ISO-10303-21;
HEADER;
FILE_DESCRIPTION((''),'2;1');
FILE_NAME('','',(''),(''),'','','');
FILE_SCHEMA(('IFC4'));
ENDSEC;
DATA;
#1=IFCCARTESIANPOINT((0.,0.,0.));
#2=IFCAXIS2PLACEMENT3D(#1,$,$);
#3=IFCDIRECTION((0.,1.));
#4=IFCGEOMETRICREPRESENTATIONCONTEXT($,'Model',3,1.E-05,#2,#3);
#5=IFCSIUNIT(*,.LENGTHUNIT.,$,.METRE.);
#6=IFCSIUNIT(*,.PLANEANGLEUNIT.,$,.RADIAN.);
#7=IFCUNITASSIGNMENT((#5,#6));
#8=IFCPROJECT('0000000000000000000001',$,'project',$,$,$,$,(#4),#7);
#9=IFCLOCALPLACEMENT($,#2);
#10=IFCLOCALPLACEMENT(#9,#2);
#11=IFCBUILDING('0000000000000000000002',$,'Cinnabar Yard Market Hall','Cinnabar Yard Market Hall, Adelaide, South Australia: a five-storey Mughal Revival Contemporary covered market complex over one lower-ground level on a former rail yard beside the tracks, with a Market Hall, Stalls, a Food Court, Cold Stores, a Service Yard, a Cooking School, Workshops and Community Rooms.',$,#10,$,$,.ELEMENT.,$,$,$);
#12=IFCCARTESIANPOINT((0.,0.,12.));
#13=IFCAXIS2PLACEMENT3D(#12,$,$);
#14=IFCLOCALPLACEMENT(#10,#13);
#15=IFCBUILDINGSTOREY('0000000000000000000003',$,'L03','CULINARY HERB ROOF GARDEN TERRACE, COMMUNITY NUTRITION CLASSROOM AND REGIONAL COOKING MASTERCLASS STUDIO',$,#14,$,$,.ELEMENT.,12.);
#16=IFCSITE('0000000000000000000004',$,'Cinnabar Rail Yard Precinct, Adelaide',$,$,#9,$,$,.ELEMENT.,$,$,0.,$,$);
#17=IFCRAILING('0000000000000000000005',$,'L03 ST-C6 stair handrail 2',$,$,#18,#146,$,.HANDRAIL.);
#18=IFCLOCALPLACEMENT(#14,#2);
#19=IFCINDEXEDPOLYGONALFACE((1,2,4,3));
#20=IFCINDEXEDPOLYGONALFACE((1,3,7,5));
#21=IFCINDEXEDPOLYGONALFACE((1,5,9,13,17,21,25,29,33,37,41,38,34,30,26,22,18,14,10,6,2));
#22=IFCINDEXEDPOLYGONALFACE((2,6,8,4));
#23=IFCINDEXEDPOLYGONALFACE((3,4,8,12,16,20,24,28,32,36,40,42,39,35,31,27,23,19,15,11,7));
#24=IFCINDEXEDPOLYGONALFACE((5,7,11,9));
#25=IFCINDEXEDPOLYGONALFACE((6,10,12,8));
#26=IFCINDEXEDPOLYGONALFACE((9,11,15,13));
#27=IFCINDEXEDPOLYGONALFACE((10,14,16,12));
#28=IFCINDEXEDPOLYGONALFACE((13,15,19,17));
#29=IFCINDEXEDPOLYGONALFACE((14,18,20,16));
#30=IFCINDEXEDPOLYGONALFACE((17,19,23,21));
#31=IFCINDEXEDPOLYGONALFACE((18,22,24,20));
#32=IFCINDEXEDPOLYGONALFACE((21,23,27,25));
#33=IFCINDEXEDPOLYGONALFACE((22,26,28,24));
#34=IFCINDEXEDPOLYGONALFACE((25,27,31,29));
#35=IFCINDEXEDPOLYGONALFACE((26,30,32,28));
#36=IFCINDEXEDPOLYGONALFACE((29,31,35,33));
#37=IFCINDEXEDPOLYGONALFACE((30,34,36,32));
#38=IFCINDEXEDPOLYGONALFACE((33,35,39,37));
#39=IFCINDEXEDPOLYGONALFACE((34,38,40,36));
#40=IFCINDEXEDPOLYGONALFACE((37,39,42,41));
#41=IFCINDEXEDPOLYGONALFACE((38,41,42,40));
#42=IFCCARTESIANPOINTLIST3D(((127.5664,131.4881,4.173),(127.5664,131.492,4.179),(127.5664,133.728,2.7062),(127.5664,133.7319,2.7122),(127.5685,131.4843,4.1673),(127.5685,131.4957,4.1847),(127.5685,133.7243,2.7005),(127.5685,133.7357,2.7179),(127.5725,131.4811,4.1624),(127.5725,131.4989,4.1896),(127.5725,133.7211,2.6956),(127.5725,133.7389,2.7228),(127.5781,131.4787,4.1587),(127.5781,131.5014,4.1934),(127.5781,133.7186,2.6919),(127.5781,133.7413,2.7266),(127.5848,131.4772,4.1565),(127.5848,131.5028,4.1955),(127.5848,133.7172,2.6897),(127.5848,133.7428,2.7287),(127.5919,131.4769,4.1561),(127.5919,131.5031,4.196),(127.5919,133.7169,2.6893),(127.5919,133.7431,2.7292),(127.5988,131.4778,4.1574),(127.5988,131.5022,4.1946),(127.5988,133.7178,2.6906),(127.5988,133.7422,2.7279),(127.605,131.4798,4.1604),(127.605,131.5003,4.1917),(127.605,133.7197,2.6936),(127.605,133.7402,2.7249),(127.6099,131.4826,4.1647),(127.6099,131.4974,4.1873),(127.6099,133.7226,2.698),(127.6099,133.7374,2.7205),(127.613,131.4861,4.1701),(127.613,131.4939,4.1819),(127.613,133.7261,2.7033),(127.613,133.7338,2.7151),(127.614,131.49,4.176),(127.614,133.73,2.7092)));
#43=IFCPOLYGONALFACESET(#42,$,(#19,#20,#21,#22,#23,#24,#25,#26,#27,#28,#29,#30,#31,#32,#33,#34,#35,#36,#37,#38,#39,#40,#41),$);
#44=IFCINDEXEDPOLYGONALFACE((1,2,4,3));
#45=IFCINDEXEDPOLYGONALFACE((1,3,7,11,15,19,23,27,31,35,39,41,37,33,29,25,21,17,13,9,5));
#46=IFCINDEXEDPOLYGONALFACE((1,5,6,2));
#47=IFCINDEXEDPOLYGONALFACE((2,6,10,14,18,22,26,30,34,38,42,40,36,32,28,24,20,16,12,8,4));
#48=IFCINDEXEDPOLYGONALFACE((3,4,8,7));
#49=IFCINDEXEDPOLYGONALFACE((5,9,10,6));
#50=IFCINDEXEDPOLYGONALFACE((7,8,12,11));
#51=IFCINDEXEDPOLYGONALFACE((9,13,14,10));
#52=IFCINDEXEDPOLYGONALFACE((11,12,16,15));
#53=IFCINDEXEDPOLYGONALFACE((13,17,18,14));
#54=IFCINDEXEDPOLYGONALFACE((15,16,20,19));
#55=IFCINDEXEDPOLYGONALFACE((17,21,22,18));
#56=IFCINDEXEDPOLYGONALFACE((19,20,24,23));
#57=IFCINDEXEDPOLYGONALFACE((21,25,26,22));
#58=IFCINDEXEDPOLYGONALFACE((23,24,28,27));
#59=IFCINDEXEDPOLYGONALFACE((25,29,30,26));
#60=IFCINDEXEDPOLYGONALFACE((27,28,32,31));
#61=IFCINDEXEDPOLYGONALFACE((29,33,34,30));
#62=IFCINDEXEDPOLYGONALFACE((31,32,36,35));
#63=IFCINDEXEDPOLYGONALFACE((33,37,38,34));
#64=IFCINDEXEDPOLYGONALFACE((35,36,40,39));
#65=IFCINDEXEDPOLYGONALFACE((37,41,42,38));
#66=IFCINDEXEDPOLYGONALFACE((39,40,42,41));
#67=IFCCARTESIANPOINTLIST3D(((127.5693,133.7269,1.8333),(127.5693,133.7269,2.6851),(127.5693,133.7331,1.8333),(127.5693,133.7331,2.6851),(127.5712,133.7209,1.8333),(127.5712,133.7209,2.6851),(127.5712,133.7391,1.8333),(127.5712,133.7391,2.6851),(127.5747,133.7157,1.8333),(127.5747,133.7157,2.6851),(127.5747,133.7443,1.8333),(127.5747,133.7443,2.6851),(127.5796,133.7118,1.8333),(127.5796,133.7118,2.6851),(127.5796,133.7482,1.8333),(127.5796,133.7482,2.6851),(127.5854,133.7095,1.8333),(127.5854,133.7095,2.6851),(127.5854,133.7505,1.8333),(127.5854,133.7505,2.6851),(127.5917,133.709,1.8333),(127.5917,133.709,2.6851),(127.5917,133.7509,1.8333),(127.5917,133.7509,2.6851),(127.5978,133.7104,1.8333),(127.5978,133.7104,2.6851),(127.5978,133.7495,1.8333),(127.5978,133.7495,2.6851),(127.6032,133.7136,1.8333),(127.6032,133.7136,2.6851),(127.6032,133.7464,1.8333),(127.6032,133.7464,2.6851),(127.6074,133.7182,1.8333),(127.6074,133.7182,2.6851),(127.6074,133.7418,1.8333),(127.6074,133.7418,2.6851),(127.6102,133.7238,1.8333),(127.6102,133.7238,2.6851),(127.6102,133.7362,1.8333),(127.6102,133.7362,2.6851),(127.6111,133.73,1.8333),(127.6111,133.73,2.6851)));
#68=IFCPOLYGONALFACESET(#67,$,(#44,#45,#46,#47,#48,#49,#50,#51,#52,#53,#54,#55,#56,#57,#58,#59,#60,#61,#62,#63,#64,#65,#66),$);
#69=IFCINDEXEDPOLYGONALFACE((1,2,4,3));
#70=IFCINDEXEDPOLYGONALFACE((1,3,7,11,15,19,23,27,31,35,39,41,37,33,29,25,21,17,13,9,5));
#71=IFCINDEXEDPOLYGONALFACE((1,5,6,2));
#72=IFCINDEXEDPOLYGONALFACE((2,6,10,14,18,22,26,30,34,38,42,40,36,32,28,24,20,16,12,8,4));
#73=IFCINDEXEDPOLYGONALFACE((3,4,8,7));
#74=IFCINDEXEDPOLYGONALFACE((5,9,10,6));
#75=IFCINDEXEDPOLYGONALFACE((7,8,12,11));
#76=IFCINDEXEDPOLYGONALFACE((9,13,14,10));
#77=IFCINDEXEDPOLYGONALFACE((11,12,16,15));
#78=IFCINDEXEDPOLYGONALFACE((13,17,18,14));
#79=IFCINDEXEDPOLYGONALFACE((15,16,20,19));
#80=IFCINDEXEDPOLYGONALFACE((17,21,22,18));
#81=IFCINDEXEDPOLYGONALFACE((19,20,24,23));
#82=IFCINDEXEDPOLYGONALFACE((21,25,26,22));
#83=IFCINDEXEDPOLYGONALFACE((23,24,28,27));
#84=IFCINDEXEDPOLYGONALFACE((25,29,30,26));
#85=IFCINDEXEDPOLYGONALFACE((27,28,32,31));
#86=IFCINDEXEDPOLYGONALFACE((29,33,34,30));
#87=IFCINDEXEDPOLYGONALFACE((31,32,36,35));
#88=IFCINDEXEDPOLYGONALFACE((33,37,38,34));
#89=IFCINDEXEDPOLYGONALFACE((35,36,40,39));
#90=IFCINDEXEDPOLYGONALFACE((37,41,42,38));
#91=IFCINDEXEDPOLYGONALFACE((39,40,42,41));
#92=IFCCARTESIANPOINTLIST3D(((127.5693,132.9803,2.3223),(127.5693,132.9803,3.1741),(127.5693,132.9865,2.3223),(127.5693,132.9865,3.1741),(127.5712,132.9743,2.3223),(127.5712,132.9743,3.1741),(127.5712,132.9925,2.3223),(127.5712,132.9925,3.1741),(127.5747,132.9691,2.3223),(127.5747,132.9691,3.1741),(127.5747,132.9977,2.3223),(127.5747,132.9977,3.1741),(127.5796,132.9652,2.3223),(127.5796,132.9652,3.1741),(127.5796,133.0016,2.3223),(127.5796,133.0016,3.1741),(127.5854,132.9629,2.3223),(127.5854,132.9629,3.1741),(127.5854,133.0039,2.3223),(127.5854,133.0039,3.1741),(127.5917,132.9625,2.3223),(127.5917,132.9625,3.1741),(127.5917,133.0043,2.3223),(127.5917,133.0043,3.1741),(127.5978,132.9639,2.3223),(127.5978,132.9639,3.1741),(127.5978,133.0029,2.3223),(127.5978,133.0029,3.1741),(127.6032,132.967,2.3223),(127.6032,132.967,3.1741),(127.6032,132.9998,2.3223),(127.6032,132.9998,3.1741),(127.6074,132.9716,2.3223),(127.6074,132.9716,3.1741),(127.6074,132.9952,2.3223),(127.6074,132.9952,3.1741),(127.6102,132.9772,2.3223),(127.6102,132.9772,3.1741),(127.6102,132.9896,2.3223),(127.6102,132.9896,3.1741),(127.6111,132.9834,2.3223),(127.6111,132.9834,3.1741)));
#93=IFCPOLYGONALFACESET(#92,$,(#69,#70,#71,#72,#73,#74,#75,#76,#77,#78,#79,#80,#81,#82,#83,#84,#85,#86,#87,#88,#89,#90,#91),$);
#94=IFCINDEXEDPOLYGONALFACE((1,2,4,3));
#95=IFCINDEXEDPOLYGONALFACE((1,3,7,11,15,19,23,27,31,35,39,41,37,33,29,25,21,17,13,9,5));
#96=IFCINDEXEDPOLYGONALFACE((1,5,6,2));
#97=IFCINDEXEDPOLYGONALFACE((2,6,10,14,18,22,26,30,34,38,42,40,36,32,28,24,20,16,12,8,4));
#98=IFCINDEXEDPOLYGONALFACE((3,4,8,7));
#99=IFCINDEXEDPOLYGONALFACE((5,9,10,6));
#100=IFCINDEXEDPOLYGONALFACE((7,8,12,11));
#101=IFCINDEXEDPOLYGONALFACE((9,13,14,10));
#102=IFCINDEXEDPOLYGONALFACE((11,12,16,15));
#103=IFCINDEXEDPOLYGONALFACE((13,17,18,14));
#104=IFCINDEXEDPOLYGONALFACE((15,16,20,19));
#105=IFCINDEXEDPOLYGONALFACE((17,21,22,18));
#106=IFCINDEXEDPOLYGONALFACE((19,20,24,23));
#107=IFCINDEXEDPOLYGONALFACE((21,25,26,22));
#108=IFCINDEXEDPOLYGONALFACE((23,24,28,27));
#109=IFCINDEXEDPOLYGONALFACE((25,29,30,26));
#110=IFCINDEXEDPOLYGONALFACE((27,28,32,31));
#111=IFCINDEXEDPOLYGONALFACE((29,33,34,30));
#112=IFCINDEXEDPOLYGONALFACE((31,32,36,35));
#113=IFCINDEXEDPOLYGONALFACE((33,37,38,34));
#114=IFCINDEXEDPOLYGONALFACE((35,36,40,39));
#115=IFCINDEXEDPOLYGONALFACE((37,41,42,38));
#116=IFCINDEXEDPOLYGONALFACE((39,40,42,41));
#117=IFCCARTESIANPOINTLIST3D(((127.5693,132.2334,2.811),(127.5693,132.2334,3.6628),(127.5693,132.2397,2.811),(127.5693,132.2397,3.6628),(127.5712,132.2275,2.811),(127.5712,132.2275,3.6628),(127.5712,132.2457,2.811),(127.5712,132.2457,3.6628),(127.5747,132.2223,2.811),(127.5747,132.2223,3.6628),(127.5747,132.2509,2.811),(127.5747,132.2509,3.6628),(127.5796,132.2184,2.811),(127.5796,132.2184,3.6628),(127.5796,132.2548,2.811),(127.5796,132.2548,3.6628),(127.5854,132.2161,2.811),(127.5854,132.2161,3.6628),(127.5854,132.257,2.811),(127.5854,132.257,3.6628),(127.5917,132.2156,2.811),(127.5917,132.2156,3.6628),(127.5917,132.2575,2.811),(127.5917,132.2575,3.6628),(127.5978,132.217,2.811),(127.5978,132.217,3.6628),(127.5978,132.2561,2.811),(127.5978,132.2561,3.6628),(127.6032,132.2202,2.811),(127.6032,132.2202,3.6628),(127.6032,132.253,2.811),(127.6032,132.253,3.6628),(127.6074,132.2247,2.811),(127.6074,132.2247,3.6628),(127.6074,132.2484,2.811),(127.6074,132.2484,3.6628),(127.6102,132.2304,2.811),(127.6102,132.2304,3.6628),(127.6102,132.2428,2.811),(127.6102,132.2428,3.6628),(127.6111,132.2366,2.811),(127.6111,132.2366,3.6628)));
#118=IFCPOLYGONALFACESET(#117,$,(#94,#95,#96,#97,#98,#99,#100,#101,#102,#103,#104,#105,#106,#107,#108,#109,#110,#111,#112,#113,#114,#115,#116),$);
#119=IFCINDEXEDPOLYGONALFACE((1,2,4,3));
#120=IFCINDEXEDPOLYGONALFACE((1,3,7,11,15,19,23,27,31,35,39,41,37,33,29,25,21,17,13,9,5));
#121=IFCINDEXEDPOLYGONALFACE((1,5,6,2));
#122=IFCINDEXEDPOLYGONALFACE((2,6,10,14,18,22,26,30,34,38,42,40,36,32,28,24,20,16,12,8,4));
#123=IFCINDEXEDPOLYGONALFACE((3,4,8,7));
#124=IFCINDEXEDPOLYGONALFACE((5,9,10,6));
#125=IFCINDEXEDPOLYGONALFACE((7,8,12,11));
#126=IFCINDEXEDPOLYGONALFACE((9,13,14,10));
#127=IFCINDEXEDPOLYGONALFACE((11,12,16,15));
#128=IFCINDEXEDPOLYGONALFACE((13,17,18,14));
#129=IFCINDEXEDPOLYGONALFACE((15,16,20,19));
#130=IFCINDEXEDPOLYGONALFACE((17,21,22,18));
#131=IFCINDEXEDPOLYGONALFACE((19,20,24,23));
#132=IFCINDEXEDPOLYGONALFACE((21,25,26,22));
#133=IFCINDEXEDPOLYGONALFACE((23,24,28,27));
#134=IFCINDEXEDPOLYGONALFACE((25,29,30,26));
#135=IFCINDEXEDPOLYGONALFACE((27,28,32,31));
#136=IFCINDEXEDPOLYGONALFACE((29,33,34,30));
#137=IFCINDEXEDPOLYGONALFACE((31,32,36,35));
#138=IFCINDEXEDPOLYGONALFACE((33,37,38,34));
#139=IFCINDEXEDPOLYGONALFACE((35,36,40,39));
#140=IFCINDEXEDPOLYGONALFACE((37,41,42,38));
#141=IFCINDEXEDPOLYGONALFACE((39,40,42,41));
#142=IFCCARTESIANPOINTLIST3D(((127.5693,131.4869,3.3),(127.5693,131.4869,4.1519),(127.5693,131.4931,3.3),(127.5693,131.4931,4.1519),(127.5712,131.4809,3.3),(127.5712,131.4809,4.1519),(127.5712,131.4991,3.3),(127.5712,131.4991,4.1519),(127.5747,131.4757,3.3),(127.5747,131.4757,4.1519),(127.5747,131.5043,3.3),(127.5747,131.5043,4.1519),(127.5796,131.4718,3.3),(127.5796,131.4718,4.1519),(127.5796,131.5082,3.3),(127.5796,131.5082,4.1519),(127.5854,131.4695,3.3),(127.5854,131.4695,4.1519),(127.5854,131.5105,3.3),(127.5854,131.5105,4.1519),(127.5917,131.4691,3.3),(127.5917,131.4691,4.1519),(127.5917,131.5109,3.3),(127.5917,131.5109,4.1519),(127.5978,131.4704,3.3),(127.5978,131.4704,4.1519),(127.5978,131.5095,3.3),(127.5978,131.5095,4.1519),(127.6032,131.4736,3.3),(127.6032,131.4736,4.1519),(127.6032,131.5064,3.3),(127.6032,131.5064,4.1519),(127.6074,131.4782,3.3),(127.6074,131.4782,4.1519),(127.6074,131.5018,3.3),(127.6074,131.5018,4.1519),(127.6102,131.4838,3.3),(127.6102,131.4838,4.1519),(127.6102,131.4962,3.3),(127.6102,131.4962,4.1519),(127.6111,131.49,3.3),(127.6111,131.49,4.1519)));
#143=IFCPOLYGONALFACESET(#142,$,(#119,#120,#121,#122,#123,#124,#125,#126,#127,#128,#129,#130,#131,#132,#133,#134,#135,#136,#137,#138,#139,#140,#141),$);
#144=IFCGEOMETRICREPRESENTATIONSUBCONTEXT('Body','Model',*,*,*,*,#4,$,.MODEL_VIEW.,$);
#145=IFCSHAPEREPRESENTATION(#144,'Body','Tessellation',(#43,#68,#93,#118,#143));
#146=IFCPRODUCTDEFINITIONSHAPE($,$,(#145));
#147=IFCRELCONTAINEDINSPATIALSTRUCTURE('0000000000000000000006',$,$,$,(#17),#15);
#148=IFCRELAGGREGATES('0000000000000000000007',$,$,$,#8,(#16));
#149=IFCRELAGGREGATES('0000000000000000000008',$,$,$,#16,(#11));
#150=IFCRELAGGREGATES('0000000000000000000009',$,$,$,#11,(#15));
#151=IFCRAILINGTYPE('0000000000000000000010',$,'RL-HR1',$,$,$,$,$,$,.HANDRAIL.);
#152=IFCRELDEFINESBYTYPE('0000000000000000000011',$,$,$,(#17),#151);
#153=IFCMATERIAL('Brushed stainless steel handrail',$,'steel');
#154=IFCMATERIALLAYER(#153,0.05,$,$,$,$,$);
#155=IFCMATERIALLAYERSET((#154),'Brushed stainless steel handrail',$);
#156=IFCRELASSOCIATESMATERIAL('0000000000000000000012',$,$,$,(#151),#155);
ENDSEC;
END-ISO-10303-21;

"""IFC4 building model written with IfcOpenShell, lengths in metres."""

from ifc_helpers import new_model, si_unit, direction, frame, origin, origin_2d_with_axis, place, context, subcontext, project, spatial, circle, extrude, material, layer, layer_set, type_object, element, save


model = new_model("IFC4")

# Units and contexts
model_context = context("Model", 3, precision=1e-05, world=origin(), true_north=direction((0.0, 1.0)))
body_context = subcontext(model_context, "Body", "Model", "MODEL_VIEW")
ifc_project = project(units=[si_unit("LENGTHUNIT", "METRE"), si_unit("PLANEANGLEUNIT", "RADIAN")], contexts=[model_context])

# Site, building, storey
site_placement = place(None, origin())
site = spatial("IfcSite", under=ifc_project, at=site_placement, Name="Cinnabar Rail Yard Precinct, Adelaide", CompositionType="ELEMENT", RefElevation=0.0)
building_placement = place(site_placement, origin())
building = spatial("IfcBuilding", under=site, at=building_placement, Name="Cinnabar Yard Market Hall", Description="Cinnabar Yard Market Hall, Adelaide, South Australia: a five-storey Mughal Revival Contemporary covered market complex over one lower-ground level on a former rail yard beside the tracks, with a Market Hall, Stalls, a Food Court, Cold Stores, a Service Yard, a Cooking School, Workshops and Community Rooms.", CompositionType="ELEMENT")
storey_placement = place(building_placement, frame((0.0, 0.0, 12.0)))
storey = spatial("IfcBuildingStorey", under=building, at=storey_placement, Name="L03", Description="CULINARY HERB ROOF GARDEN TERRACE, COMMUNITY NUTRITION CLASSROOM AND REGIONAL COOKING MASTERCLASS STUDIO", CompositionType="ELEMENT", Elevation=12.0)

# Railing
ifc_material_1 = material(Name="Brushed stainless steel handrail", Category="steel")
ifc_layer_1 = layer(ifc_material_1, 0.05)
ifc_layer_set_1 = layer_set([ifc_layer_1], Name="Brushed stainless steel handrail")
railing_type_1 = type_object("IfcRailingType", Name="RL-HR1", PredefinedType="HANDRAIL", material=ifc_layer_set_1)
railing_1_placement = place(storey_placement, frame((127.5901, 133.73, 1.8333)))
element("IfcRailing", 1, at=railing_1_placement, inside=storey, type_object=railing_type_1, Name="L03 ST-C6 stair handrail 2", PredefinedType="HANDRAIL", context=body_context, shape_type="SweptSolid", body=[
    extrude(circle(Radius=0.0239, at=origin_2d_with_axis()), frame((0.0, 0.0, 0.876), z_axis=(0.0, -0.836595, 0.547822), x_axis=(1.0, 0.0, 0.0)), (0.0, 0.0, 1.0), 2.6775),
    extrude(circle(Radius=0.021, at=origin_2d_with_axis()), origin(), (0.0, 0.0, 1.0), 0.8518),
    extrude(circle(Radius=0.021, at=origin_2d_with_axis()), frame((0.0, -0.7466, 0.489)), (0.0, 0.0, 1.0), 0.8518),
    extrude(circle(Radius=0.021, at=origin_2d_with_axis()), frame((0.0, -1.4934, 0.9778)), (0.0, 0.0, 1.0), 0.8518),
    extrude(circle(Radius=0.021, at=origin_2d_with_axis()), frame((0.0, -2.24, 1.4668)), (0.0, 0.0, 1.0), 0.8518),
])

save(model, "model.ifc")
